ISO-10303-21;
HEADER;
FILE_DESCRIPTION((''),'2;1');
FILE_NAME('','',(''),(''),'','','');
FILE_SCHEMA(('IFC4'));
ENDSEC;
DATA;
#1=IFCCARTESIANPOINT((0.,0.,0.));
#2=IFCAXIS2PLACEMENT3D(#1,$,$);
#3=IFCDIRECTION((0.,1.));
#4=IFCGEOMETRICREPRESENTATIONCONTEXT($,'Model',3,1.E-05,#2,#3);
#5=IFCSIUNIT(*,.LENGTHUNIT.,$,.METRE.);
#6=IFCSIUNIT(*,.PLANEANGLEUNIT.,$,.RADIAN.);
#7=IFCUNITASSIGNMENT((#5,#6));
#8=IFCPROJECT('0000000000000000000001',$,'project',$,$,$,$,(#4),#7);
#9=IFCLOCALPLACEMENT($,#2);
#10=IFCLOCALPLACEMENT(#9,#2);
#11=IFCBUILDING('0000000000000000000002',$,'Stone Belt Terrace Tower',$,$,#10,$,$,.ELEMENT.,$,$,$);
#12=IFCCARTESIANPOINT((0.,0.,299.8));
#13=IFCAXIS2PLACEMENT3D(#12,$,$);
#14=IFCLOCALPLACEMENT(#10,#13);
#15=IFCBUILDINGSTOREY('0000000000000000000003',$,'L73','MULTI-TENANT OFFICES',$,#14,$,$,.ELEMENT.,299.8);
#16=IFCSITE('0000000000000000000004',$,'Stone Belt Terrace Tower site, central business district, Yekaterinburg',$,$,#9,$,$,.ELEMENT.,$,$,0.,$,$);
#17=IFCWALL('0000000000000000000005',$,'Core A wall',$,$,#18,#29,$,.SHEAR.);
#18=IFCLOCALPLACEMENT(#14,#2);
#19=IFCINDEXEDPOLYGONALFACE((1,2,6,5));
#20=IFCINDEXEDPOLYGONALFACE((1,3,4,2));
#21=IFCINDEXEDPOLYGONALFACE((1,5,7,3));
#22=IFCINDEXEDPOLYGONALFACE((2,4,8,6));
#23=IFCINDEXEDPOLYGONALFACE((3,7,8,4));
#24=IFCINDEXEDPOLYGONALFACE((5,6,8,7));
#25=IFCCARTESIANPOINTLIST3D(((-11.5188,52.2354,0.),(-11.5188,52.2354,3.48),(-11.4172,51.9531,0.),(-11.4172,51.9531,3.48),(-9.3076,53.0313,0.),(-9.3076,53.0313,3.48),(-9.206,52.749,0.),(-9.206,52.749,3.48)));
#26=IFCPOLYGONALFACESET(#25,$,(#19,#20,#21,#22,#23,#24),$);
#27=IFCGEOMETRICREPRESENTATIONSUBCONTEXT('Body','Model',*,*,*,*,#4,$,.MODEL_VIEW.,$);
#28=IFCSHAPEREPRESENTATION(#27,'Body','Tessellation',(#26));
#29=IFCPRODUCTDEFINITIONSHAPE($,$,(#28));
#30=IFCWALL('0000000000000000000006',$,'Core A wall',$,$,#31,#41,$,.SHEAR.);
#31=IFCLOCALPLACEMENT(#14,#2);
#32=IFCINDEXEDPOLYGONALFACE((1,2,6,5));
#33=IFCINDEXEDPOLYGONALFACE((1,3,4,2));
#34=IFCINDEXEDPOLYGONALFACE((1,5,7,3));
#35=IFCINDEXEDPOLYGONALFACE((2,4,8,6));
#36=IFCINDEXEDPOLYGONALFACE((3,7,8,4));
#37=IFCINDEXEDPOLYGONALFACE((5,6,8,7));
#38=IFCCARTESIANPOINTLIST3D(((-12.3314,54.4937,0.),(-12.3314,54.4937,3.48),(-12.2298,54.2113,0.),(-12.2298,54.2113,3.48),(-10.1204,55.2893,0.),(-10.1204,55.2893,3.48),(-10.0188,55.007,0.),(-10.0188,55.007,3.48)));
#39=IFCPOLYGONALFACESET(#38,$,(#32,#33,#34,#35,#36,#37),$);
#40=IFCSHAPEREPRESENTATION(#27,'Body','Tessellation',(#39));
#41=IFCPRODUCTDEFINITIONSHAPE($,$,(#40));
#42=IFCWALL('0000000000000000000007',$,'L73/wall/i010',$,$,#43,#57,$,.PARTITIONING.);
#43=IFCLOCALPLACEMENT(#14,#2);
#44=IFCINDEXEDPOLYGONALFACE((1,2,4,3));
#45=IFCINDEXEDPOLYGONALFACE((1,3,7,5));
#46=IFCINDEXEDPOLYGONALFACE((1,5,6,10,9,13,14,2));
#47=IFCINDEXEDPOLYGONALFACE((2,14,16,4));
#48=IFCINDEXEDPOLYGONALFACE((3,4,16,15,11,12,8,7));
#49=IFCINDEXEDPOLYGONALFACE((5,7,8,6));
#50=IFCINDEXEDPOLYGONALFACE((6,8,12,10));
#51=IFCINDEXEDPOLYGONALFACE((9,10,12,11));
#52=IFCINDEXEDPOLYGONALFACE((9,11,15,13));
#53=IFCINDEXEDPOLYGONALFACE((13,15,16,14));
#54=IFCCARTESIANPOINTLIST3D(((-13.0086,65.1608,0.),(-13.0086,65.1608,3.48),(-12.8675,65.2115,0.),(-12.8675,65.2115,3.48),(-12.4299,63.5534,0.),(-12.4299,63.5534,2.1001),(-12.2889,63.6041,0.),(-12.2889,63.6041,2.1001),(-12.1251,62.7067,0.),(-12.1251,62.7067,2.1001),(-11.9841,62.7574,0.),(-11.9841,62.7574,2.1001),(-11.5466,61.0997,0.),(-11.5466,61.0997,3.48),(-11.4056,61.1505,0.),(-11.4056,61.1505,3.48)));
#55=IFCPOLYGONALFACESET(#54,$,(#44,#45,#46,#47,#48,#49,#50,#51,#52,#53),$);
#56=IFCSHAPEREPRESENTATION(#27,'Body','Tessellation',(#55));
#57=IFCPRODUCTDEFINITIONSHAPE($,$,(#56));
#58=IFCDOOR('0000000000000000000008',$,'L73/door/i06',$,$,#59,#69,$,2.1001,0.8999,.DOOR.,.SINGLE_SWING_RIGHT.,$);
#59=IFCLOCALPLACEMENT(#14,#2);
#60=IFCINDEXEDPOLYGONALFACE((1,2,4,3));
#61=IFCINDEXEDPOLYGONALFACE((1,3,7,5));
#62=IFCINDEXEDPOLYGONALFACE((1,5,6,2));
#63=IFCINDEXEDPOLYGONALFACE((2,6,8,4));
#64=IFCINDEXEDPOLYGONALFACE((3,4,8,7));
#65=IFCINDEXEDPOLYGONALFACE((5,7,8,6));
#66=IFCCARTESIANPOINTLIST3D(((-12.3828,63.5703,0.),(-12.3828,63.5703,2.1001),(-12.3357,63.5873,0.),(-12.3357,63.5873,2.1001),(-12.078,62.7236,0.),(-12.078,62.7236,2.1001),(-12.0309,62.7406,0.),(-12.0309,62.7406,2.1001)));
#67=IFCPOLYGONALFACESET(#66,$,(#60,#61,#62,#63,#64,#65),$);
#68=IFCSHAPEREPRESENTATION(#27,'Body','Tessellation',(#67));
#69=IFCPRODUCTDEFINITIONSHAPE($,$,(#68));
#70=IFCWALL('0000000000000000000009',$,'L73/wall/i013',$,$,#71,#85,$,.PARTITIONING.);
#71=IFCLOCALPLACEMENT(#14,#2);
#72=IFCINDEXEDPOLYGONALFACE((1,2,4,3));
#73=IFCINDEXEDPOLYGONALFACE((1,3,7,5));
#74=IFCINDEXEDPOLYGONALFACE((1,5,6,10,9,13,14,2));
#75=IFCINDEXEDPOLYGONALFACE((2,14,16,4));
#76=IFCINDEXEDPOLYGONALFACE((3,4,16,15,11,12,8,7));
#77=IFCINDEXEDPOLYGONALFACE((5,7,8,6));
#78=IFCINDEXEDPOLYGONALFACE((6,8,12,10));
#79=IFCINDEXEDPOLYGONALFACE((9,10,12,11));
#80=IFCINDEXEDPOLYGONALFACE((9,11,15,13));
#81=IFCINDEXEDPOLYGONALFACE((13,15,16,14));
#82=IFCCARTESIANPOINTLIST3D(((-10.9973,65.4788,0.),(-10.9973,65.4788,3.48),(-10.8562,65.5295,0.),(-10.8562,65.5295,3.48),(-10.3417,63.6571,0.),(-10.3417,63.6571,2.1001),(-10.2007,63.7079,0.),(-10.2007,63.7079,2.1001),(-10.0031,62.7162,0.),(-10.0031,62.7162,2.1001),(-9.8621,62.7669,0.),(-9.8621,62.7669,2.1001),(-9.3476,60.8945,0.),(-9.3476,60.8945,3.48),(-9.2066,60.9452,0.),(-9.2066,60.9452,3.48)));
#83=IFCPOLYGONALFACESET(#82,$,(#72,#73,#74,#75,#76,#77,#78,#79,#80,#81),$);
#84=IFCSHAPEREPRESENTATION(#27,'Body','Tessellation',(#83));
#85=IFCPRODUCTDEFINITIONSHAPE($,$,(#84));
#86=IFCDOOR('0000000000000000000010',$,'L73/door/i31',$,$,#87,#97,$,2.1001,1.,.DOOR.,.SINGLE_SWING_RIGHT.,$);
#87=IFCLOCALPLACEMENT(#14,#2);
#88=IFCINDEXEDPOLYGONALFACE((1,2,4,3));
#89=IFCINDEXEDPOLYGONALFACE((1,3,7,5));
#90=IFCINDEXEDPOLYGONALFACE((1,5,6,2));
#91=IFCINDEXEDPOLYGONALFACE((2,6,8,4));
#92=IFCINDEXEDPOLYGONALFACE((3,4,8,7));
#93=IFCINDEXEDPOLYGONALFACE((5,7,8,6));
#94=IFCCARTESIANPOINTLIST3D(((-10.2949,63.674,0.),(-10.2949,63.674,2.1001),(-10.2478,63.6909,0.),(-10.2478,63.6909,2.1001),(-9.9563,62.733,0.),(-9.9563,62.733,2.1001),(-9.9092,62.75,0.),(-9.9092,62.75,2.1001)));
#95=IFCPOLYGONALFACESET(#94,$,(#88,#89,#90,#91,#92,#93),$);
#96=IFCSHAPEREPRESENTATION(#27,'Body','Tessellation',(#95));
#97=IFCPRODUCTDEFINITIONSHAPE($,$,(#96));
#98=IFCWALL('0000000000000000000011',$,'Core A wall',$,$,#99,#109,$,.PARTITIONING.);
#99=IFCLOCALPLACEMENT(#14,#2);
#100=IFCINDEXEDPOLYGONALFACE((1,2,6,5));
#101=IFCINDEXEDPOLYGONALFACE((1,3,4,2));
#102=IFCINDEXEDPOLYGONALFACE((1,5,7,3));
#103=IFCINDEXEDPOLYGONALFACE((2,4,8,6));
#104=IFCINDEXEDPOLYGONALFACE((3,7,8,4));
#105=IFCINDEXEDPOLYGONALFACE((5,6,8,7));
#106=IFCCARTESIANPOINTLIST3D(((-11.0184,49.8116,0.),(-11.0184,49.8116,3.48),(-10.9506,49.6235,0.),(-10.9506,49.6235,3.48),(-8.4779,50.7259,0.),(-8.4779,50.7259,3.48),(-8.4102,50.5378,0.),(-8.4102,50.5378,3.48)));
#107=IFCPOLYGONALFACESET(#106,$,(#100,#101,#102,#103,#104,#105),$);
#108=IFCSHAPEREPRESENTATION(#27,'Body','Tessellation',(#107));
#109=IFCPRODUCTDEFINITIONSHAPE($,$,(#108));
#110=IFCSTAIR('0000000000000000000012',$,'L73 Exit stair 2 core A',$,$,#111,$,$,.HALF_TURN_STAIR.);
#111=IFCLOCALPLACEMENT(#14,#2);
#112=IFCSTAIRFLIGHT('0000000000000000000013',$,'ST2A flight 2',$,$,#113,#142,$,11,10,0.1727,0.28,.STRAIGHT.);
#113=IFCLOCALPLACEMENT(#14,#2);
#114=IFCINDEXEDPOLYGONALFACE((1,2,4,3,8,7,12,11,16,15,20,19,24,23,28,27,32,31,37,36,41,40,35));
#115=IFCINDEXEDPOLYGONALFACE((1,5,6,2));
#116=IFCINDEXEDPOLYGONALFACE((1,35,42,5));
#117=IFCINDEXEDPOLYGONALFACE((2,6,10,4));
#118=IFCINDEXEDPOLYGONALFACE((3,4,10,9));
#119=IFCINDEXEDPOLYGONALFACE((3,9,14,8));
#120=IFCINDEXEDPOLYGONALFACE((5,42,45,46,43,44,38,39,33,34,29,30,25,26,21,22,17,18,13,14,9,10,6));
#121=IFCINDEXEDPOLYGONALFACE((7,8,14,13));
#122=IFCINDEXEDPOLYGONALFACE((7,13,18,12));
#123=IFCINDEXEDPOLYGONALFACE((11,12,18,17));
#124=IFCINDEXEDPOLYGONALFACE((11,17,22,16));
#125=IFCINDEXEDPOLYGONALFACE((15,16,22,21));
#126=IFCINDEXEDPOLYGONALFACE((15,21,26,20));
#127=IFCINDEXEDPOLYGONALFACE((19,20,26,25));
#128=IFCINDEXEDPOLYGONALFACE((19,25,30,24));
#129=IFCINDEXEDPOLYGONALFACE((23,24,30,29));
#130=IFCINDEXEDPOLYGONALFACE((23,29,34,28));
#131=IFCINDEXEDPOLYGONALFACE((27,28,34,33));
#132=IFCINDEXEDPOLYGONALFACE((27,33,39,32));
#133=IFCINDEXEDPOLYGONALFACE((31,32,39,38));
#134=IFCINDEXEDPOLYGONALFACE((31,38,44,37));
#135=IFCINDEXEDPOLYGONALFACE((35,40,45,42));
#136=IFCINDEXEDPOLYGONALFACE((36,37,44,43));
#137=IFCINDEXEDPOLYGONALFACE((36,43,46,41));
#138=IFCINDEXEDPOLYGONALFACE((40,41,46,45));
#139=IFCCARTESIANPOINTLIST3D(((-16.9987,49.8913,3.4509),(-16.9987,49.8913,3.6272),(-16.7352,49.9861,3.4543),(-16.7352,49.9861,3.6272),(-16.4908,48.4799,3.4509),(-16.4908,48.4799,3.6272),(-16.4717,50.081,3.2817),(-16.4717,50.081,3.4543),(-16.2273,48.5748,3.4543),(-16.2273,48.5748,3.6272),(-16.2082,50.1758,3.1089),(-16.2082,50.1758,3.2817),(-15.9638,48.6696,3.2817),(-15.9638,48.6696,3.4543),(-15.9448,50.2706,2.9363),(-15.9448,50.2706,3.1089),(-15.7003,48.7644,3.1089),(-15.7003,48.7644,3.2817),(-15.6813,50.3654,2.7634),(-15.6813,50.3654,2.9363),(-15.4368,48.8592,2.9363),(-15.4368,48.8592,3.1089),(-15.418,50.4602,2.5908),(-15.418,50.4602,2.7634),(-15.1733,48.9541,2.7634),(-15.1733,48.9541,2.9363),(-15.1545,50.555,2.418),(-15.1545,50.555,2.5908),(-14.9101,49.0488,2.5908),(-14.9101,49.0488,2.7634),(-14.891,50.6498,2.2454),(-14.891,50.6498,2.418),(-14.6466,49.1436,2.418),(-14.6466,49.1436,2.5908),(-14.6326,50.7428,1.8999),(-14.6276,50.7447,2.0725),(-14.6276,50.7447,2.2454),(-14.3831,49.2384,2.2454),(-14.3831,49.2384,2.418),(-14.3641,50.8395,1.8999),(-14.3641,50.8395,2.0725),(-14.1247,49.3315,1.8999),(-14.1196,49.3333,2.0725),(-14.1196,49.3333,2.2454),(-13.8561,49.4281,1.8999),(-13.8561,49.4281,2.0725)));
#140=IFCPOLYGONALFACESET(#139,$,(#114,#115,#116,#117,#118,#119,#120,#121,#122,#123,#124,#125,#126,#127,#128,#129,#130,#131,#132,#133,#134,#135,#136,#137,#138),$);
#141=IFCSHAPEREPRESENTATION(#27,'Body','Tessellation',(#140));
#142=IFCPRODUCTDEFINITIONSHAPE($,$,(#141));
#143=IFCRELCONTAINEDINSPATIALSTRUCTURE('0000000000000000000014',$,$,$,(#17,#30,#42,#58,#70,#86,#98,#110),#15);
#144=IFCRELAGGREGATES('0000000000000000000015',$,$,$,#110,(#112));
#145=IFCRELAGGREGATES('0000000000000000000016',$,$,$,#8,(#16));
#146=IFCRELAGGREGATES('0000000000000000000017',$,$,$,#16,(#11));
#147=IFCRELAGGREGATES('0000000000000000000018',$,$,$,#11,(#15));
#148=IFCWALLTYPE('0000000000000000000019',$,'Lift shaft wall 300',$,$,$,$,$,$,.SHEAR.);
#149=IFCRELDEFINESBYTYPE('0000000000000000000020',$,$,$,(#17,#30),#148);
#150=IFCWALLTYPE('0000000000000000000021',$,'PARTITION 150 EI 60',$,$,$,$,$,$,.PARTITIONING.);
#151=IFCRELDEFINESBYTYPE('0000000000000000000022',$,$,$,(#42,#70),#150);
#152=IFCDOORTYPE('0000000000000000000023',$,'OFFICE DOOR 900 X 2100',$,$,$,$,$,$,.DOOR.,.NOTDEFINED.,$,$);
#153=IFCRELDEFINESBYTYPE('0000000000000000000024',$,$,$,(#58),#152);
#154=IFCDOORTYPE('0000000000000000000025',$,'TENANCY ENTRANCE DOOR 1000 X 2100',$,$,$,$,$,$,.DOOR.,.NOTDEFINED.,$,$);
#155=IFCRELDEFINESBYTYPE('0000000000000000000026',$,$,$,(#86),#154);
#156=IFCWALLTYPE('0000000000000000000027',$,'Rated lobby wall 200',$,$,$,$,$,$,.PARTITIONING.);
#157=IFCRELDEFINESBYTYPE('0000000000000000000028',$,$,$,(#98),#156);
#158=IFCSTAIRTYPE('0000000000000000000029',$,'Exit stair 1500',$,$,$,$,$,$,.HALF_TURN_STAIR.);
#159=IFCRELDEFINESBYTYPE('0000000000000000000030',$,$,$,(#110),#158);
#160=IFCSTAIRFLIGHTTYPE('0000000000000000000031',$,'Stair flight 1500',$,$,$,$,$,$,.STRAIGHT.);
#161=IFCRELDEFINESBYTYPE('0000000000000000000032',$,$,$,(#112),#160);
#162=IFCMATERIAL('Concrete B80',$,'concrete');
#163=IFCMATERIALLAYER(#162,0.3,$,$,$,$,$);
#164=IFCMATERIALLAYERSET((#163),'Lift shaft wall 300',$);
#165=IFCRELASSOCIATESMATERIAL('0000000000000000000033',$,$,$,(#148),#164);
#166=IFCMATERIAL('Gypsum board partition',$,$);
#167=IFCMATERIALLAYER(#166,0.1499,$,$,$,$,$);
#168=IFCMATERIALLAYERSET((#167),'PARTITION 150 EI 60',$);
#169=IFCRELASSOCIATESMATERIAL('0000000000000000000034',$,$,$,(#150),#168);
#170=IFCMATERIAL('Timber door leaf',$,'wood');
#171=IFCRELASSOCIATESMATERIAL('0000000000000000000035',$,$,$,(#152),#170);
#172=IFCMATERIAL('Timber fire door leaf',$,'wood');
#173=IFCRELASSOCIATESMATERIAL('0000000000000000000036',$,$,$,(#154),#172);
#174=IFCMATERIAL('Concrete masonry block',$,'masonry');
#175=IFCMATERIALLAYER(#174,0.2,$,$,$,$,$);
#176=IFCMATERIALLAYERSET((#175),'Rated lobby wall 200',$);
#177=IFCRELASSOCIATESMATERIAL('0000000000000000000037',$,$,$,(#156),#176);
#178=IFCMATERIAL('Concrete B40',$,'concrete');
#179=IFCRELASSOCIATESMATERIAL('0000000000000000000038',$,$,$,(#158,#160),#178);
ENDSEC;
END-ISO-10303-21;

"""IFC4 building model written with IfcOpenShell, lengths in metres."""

from ifc_helpers import new_model, si_unit, direction, frame, frame_2d, origin, place, context, subcontext, project, spatial, polyline, rectangle, outline, extrude, material, layer, layer_set, type_object, element, fill, aggregate, save


model = new_model("IFC4")

# Units and contexts
model_context = context("Model", 3, precision=1e-05, world=origin(), true_north=direction((0.0, 1.0)))
body_context = subcontext(model_context, "Body", "Model", "MODEL_VIEW")
ifc_project = project(units=[si_unit("LENGTHUNIT", "METRE"), si_unit("PLANEANGLEUNIT", "RADIAN")], contexts=[model_context])

# Site, building, storey
site_placement = place(None, origin())
site = spatial("IfcSite", under=ifc_project, at=site_placement, Name="Stone Belt Terrace Tower site, central business district, Yekaterinburg", CompositionType="ELEMENT", RefElevation=0.0)
building_placement = place(site_placement, origin())
building = spatial("IfcBuilding", under=site, at=building_placement, Name="Stone Belt Terrace Tower", CompositionType="ELEMENT")
storey_placement = place(building_placement, frame((0.0, 0.0, 299.8)))
storey = spatial("IfcBuildingStorey", under=building, at=storey_placement, Name="L73", Description="MULTI-TENANT OFFICES", CompositionType="ELEMENT", Elevation=299.8)

# Shared definitions
ifc_material_1 = material(Name="Timber door leaf", Category="wood")

# Walls
ifc_material_2 = material(Name="Concrete B80", Category="concrete")
ifc_layer_1 = layer(ifc_material_2, 0.3)
ifc_layer_set_1 = layer_set([ifc_layer_1], Name="Lift shaft wall 300")
wall_type_1 = type_object("IfcWallType", Name="Lift shaft wall 300", PredefinedType="SHEAR", material=ifc_layer_set_1)
wall_1_placement = place(storey_placement, frame((-11.468, 52.0942, 0.0), z_axis=(0.0, 0.0, 1.0), x_axis=(0.940905, 0.338672, 0.0)))
element("IfcWall", 1, at=wall_1_placement, inside=storey, type_object=wall_type_1, Name="Core A wall", PredefinedType="SHEAR", context=body_context, shape_type="SweptSolid", body=[
    extrude(rectangle(XDim=2.3501, YDim=0.3, at=frame_2d((1.175, 0.0))), origin(), (0.0, 0.0, 1.0), 3.48),
])
wall_2_placement = place(storey_placement, frame((-12.2805, 54.3525, 0.0), z_axis=(0.0, 0.0, 1.0), x_axis=(0.940926, 0.338613, 0.0)))
element("IfcWall", 2, at=wall_2_placement, inside=storey, type_object=wall_type_1, Name="Core A wall", PredefinedType="SHEAR", context=body_context, shape_type="SweptSolid", body=[
    extrude(rectangle(XDim=2.3499, YDim=0.3, at=frame_2d((1.1748, 0.0))), origin(), (0.0, 0.0, 1.0), 3.48),
])

# Walls, openings, doors
ifc_material_3 = material(Name="Gypsum board partition")
ifc_layer_2 = layer(ifc_material_3, 0.1499)
ifc_layer_set_2 = layer_set([ifc_layer_2], Name="PARTITION 150 EI 60")
wall_type_2 = type_object("IfcWallType", Name="PARTITION 150 EI 60", PredefinedType="PARTITIONING", material=ifc_layer_set_2)
wall_3_placement = place(storey_placement, frame((-11.4761, 61.125, 0.0), z_axis=(0.0, 0.0, 1.0), x_axis=(-0.338707, 0.940892, 0.0)))
wall_3 = element("IfcWall", 3, at=wall_3_placement, inside=storey, type_object=wall_type_2, Name="L73/wall/i010", PredefinedType="PARTITIONING", context=body_context, shape_type="SweptSolid", body=[
    extrude(rectangle(XDim=4.3162, YDim=0.1499, at=frame_2d((2.1582, 0.0))), origin(), (0.0, 0.0, 1.0), 3.48),
])
opening_1_placement = place(wall_3_placement, frame((1.708, 0.0, 0.0)))
opening_1 = element("IfcOpeningElement", 4, at=opening_1_placement, cuts=wall_3, PredefinedType="OPENING", context=body_context, shape_type="SweptSolid", body=[
    extrude(rectangle(XDim=0.8999, YDim=2.1001, at=frame_2d((0.45, 1.05))), frame((0.0, 0.085, 0.0), z_axis=(0.0, -1.0, 0.0), x_axis=(1.0, 0.0, 0.0)), (0.0, 0.0, 1.0), 0.1699),
])
door_type_1 = type_object("IfcDoorType", Name="OFFICE DOOR 900 X 2100", OperationType="NOTDEFINED", PredefinedType="DOOR", material=ifc_material_1)
door_1_placement = place(opening_1_placement, origin())
door_1 = element("IfcDoor", 5, at=door_1_placement, inside=storey, type_object=door_type_1, Name="L73/door/i06", OperationType="SINGLE_SWING_RIGHT", OverallHeight=2.1001, OverallWidth=0.8999, PredefinedType="DOOR", context=body_context, shape_type="SweptSolid", body=[
    extrude(rectangle(XDim=0.8999, YDim=2.1001, at=frame_2d((0.45, 1.05))), frame((0.0, 0.0249, 0.0), z_axis=(0.0, -1.0, 0.0), x_axis=(1.0, 0.0, 0.0)), (0.0, 0.0, 1.0), 0.05),
])
fill(opening_1, door_1)
wall_4_placement = place(storey_placement, frame((-10.9268, 65.5042, 0.0), z_axis=(0.0, 0.0, 1.0), x_axis=(0.338599, -0.940931, 0.0)))
wall_4 = element("IfcWall", 6, at=wall_4_placement, inside=storey, type_object=wall_type_2, Name="L73/wall/i013", PredefinedType="PARTITIONING", context=body_context, shape_type="SweptSolid", body=[
    extrude(rectangle(XDim=4.8721, YDim=0.1499, at=frame_2d((2.436, 0.0))), origin(), (0.0, 0.0, 1.0), 3.48),
])
opening_2_placement = place(wall_4_placement, frame((1.936, 0.0, 0.0)))
opening_2 = element("IfcOpeningElement", 7, at=opening_2_placement, cuts=wall_4, PredefinedType="OPENING", context=body_context, shape_type="SweptSolid", body=[
    extrude(rectangle(XDim=1.0, YDim=2.1001, at=frame_2d((0.5, 1.05))), frame((0.0, 0.085, 0.0), z_axis=(0.0, -1.0, 0.0), x_axis=(1.0, 0.0, 0.0)), (0.0, 0.0, 1.0), 0.1699),
])
ifc_material_4 = material(Name="Timber fire door leaf", Category="wood")
door_type_2 = type_object("IfcDoorType", Name="TENANCY ENTRANCE DOOR 1000 X 2100", OperationType="NOTDEFINED", PredefinedType="DOOR", material=ifc_material_4)
door_2_placement = place(opening_2_placement, origin())
door_2 = element("IfcDoor", 8, at=door_2_placement, inside=storey, type_object=door_type_2, Name="L73/door/i31", OperationType="SINGLE_SWING_RIGHT", OverallHeight=2.1001, OverallWidth=1.0, PredefinedType="DOOR", context=body_context, shape_type="SweptSolid", body=[
    extrude(rectangle(XDim=1.0, YDim=2.1001, at=frame_2d((0.5, 1.05))), frame((0.0, 0.0249, 0.0), z_axis=(0.0, -1.0, 0.0), x_axis=(1.0, 0.0, 0.0)), (0.0, 0.0, 1.0), 0.05),
])
fill(opening_2, door_2)

# Wall
ifc_material_5 = material(Name="Concrete masonry block", Category="masonry")
ifc_layer_3 = layer(ifc_material_5, 0.2)
ifc_layer_set_3 = layer_set([ifc_layer_3], Name="Rated lobby wall 200")
wall_type_3 = type_object("IfcWallType", Name="Rated lobby wall 200", PredefinedType="PARTITIONING", material=ifc_layer_set_3)
wall_5_placement = place(storey_placement, frame((-10.9846, 49.7175, 0.0), z_axis=(0.0, 0.0, 1.0), x_axis=(0.940921, 0.338627, 0.0)))
element("IfcWall", 9, at=wall_5_placement, inside=storey, type_object=wall_type_3, Name="Core A wall", PredefinedType="PARTITIONING", context=body_context, shape_type="SweptSolid", body=[
    extrude(rectangle(XDim=2.7, YDim=0.2, at=frame_2d((1.3501, 0.0))), origin(), (0.0, 0.0, 1.0), 3.48),
])

# Stair, stair flight
ifc_material_6 = material(Name="Concrete B40", Category="concrete")
stair_type = type_object("IfcStairType", Name="Exit stair 1500", PredefinedType="HALF_TURN_STAIR", material=ifc_material_6)
stair_placement = place(storey_placement, origin())
stair = element("IfcStair", 10, at=stair_placement, inside=storey, type_object=stair_type, Name="L73 Exit stair 2 core A", PredefinedType="HALF_TURN_STAIR")
stair_flight_type = type_object("IfcStairFlightType", Name="Stair flight 1500", PredefinedType="STRAIGHT", material=ifc_material_6)
stair_flight_placement = place(storey_placement, frame((-14.1101, 50.1338, 1.8999), z_axis=(0.0, 0.0, 1.0), x_axis=(-0.940922, -0.338624, 0.0)))
stair_flight = element("IfcStairFlight", 11, at=stair_flight_placement, type_object=stair_flight_type, Name="ST2A flight 2", NumberOfRisers=11, NumberOfTreads=10, PredefinedType="STRAIGHT", RiserHeight=0.1727, TreadLength=0.28, context=body_context, shape_type="SweptSolid", body=[
    extrude(outline(polyline([(0.0, 0.0), (0.0, 0.1726), (0.28, 0.1726), (0.28, 0.3455), (0.5601, 0.3455), (0.5601, 0.5181), (0.8401, 0.5181), (0.8401, 0.6909), (1.1201, 0.6909), (1.1201, 0.8635), (1.3999, 0.8635), (1.3999, 1.0364), (1.6799, 1.0364), (1.6799, 1.209), (1.96, 1.209), (1.96, 1.3818), (2.24, 1.3818), (2.24, 1.5544), (2.52, 1.5544), (2.52, 1.7273), (2.8, 1.7273), (2.8, 1.8999), (2.8, 1.551), (0.2854, 0.0), (0.0, 0.0)])), frame((0.0, 0.75, 0.0), z_axis=(0.0, -1.0, 0.0), x_axis=(1.0, 0.0, 0.0)), (0.0, 0.0, 1.0), 1.5),
])
aggregate(stair, [stair_flight])

save(model, "model.ifc")
